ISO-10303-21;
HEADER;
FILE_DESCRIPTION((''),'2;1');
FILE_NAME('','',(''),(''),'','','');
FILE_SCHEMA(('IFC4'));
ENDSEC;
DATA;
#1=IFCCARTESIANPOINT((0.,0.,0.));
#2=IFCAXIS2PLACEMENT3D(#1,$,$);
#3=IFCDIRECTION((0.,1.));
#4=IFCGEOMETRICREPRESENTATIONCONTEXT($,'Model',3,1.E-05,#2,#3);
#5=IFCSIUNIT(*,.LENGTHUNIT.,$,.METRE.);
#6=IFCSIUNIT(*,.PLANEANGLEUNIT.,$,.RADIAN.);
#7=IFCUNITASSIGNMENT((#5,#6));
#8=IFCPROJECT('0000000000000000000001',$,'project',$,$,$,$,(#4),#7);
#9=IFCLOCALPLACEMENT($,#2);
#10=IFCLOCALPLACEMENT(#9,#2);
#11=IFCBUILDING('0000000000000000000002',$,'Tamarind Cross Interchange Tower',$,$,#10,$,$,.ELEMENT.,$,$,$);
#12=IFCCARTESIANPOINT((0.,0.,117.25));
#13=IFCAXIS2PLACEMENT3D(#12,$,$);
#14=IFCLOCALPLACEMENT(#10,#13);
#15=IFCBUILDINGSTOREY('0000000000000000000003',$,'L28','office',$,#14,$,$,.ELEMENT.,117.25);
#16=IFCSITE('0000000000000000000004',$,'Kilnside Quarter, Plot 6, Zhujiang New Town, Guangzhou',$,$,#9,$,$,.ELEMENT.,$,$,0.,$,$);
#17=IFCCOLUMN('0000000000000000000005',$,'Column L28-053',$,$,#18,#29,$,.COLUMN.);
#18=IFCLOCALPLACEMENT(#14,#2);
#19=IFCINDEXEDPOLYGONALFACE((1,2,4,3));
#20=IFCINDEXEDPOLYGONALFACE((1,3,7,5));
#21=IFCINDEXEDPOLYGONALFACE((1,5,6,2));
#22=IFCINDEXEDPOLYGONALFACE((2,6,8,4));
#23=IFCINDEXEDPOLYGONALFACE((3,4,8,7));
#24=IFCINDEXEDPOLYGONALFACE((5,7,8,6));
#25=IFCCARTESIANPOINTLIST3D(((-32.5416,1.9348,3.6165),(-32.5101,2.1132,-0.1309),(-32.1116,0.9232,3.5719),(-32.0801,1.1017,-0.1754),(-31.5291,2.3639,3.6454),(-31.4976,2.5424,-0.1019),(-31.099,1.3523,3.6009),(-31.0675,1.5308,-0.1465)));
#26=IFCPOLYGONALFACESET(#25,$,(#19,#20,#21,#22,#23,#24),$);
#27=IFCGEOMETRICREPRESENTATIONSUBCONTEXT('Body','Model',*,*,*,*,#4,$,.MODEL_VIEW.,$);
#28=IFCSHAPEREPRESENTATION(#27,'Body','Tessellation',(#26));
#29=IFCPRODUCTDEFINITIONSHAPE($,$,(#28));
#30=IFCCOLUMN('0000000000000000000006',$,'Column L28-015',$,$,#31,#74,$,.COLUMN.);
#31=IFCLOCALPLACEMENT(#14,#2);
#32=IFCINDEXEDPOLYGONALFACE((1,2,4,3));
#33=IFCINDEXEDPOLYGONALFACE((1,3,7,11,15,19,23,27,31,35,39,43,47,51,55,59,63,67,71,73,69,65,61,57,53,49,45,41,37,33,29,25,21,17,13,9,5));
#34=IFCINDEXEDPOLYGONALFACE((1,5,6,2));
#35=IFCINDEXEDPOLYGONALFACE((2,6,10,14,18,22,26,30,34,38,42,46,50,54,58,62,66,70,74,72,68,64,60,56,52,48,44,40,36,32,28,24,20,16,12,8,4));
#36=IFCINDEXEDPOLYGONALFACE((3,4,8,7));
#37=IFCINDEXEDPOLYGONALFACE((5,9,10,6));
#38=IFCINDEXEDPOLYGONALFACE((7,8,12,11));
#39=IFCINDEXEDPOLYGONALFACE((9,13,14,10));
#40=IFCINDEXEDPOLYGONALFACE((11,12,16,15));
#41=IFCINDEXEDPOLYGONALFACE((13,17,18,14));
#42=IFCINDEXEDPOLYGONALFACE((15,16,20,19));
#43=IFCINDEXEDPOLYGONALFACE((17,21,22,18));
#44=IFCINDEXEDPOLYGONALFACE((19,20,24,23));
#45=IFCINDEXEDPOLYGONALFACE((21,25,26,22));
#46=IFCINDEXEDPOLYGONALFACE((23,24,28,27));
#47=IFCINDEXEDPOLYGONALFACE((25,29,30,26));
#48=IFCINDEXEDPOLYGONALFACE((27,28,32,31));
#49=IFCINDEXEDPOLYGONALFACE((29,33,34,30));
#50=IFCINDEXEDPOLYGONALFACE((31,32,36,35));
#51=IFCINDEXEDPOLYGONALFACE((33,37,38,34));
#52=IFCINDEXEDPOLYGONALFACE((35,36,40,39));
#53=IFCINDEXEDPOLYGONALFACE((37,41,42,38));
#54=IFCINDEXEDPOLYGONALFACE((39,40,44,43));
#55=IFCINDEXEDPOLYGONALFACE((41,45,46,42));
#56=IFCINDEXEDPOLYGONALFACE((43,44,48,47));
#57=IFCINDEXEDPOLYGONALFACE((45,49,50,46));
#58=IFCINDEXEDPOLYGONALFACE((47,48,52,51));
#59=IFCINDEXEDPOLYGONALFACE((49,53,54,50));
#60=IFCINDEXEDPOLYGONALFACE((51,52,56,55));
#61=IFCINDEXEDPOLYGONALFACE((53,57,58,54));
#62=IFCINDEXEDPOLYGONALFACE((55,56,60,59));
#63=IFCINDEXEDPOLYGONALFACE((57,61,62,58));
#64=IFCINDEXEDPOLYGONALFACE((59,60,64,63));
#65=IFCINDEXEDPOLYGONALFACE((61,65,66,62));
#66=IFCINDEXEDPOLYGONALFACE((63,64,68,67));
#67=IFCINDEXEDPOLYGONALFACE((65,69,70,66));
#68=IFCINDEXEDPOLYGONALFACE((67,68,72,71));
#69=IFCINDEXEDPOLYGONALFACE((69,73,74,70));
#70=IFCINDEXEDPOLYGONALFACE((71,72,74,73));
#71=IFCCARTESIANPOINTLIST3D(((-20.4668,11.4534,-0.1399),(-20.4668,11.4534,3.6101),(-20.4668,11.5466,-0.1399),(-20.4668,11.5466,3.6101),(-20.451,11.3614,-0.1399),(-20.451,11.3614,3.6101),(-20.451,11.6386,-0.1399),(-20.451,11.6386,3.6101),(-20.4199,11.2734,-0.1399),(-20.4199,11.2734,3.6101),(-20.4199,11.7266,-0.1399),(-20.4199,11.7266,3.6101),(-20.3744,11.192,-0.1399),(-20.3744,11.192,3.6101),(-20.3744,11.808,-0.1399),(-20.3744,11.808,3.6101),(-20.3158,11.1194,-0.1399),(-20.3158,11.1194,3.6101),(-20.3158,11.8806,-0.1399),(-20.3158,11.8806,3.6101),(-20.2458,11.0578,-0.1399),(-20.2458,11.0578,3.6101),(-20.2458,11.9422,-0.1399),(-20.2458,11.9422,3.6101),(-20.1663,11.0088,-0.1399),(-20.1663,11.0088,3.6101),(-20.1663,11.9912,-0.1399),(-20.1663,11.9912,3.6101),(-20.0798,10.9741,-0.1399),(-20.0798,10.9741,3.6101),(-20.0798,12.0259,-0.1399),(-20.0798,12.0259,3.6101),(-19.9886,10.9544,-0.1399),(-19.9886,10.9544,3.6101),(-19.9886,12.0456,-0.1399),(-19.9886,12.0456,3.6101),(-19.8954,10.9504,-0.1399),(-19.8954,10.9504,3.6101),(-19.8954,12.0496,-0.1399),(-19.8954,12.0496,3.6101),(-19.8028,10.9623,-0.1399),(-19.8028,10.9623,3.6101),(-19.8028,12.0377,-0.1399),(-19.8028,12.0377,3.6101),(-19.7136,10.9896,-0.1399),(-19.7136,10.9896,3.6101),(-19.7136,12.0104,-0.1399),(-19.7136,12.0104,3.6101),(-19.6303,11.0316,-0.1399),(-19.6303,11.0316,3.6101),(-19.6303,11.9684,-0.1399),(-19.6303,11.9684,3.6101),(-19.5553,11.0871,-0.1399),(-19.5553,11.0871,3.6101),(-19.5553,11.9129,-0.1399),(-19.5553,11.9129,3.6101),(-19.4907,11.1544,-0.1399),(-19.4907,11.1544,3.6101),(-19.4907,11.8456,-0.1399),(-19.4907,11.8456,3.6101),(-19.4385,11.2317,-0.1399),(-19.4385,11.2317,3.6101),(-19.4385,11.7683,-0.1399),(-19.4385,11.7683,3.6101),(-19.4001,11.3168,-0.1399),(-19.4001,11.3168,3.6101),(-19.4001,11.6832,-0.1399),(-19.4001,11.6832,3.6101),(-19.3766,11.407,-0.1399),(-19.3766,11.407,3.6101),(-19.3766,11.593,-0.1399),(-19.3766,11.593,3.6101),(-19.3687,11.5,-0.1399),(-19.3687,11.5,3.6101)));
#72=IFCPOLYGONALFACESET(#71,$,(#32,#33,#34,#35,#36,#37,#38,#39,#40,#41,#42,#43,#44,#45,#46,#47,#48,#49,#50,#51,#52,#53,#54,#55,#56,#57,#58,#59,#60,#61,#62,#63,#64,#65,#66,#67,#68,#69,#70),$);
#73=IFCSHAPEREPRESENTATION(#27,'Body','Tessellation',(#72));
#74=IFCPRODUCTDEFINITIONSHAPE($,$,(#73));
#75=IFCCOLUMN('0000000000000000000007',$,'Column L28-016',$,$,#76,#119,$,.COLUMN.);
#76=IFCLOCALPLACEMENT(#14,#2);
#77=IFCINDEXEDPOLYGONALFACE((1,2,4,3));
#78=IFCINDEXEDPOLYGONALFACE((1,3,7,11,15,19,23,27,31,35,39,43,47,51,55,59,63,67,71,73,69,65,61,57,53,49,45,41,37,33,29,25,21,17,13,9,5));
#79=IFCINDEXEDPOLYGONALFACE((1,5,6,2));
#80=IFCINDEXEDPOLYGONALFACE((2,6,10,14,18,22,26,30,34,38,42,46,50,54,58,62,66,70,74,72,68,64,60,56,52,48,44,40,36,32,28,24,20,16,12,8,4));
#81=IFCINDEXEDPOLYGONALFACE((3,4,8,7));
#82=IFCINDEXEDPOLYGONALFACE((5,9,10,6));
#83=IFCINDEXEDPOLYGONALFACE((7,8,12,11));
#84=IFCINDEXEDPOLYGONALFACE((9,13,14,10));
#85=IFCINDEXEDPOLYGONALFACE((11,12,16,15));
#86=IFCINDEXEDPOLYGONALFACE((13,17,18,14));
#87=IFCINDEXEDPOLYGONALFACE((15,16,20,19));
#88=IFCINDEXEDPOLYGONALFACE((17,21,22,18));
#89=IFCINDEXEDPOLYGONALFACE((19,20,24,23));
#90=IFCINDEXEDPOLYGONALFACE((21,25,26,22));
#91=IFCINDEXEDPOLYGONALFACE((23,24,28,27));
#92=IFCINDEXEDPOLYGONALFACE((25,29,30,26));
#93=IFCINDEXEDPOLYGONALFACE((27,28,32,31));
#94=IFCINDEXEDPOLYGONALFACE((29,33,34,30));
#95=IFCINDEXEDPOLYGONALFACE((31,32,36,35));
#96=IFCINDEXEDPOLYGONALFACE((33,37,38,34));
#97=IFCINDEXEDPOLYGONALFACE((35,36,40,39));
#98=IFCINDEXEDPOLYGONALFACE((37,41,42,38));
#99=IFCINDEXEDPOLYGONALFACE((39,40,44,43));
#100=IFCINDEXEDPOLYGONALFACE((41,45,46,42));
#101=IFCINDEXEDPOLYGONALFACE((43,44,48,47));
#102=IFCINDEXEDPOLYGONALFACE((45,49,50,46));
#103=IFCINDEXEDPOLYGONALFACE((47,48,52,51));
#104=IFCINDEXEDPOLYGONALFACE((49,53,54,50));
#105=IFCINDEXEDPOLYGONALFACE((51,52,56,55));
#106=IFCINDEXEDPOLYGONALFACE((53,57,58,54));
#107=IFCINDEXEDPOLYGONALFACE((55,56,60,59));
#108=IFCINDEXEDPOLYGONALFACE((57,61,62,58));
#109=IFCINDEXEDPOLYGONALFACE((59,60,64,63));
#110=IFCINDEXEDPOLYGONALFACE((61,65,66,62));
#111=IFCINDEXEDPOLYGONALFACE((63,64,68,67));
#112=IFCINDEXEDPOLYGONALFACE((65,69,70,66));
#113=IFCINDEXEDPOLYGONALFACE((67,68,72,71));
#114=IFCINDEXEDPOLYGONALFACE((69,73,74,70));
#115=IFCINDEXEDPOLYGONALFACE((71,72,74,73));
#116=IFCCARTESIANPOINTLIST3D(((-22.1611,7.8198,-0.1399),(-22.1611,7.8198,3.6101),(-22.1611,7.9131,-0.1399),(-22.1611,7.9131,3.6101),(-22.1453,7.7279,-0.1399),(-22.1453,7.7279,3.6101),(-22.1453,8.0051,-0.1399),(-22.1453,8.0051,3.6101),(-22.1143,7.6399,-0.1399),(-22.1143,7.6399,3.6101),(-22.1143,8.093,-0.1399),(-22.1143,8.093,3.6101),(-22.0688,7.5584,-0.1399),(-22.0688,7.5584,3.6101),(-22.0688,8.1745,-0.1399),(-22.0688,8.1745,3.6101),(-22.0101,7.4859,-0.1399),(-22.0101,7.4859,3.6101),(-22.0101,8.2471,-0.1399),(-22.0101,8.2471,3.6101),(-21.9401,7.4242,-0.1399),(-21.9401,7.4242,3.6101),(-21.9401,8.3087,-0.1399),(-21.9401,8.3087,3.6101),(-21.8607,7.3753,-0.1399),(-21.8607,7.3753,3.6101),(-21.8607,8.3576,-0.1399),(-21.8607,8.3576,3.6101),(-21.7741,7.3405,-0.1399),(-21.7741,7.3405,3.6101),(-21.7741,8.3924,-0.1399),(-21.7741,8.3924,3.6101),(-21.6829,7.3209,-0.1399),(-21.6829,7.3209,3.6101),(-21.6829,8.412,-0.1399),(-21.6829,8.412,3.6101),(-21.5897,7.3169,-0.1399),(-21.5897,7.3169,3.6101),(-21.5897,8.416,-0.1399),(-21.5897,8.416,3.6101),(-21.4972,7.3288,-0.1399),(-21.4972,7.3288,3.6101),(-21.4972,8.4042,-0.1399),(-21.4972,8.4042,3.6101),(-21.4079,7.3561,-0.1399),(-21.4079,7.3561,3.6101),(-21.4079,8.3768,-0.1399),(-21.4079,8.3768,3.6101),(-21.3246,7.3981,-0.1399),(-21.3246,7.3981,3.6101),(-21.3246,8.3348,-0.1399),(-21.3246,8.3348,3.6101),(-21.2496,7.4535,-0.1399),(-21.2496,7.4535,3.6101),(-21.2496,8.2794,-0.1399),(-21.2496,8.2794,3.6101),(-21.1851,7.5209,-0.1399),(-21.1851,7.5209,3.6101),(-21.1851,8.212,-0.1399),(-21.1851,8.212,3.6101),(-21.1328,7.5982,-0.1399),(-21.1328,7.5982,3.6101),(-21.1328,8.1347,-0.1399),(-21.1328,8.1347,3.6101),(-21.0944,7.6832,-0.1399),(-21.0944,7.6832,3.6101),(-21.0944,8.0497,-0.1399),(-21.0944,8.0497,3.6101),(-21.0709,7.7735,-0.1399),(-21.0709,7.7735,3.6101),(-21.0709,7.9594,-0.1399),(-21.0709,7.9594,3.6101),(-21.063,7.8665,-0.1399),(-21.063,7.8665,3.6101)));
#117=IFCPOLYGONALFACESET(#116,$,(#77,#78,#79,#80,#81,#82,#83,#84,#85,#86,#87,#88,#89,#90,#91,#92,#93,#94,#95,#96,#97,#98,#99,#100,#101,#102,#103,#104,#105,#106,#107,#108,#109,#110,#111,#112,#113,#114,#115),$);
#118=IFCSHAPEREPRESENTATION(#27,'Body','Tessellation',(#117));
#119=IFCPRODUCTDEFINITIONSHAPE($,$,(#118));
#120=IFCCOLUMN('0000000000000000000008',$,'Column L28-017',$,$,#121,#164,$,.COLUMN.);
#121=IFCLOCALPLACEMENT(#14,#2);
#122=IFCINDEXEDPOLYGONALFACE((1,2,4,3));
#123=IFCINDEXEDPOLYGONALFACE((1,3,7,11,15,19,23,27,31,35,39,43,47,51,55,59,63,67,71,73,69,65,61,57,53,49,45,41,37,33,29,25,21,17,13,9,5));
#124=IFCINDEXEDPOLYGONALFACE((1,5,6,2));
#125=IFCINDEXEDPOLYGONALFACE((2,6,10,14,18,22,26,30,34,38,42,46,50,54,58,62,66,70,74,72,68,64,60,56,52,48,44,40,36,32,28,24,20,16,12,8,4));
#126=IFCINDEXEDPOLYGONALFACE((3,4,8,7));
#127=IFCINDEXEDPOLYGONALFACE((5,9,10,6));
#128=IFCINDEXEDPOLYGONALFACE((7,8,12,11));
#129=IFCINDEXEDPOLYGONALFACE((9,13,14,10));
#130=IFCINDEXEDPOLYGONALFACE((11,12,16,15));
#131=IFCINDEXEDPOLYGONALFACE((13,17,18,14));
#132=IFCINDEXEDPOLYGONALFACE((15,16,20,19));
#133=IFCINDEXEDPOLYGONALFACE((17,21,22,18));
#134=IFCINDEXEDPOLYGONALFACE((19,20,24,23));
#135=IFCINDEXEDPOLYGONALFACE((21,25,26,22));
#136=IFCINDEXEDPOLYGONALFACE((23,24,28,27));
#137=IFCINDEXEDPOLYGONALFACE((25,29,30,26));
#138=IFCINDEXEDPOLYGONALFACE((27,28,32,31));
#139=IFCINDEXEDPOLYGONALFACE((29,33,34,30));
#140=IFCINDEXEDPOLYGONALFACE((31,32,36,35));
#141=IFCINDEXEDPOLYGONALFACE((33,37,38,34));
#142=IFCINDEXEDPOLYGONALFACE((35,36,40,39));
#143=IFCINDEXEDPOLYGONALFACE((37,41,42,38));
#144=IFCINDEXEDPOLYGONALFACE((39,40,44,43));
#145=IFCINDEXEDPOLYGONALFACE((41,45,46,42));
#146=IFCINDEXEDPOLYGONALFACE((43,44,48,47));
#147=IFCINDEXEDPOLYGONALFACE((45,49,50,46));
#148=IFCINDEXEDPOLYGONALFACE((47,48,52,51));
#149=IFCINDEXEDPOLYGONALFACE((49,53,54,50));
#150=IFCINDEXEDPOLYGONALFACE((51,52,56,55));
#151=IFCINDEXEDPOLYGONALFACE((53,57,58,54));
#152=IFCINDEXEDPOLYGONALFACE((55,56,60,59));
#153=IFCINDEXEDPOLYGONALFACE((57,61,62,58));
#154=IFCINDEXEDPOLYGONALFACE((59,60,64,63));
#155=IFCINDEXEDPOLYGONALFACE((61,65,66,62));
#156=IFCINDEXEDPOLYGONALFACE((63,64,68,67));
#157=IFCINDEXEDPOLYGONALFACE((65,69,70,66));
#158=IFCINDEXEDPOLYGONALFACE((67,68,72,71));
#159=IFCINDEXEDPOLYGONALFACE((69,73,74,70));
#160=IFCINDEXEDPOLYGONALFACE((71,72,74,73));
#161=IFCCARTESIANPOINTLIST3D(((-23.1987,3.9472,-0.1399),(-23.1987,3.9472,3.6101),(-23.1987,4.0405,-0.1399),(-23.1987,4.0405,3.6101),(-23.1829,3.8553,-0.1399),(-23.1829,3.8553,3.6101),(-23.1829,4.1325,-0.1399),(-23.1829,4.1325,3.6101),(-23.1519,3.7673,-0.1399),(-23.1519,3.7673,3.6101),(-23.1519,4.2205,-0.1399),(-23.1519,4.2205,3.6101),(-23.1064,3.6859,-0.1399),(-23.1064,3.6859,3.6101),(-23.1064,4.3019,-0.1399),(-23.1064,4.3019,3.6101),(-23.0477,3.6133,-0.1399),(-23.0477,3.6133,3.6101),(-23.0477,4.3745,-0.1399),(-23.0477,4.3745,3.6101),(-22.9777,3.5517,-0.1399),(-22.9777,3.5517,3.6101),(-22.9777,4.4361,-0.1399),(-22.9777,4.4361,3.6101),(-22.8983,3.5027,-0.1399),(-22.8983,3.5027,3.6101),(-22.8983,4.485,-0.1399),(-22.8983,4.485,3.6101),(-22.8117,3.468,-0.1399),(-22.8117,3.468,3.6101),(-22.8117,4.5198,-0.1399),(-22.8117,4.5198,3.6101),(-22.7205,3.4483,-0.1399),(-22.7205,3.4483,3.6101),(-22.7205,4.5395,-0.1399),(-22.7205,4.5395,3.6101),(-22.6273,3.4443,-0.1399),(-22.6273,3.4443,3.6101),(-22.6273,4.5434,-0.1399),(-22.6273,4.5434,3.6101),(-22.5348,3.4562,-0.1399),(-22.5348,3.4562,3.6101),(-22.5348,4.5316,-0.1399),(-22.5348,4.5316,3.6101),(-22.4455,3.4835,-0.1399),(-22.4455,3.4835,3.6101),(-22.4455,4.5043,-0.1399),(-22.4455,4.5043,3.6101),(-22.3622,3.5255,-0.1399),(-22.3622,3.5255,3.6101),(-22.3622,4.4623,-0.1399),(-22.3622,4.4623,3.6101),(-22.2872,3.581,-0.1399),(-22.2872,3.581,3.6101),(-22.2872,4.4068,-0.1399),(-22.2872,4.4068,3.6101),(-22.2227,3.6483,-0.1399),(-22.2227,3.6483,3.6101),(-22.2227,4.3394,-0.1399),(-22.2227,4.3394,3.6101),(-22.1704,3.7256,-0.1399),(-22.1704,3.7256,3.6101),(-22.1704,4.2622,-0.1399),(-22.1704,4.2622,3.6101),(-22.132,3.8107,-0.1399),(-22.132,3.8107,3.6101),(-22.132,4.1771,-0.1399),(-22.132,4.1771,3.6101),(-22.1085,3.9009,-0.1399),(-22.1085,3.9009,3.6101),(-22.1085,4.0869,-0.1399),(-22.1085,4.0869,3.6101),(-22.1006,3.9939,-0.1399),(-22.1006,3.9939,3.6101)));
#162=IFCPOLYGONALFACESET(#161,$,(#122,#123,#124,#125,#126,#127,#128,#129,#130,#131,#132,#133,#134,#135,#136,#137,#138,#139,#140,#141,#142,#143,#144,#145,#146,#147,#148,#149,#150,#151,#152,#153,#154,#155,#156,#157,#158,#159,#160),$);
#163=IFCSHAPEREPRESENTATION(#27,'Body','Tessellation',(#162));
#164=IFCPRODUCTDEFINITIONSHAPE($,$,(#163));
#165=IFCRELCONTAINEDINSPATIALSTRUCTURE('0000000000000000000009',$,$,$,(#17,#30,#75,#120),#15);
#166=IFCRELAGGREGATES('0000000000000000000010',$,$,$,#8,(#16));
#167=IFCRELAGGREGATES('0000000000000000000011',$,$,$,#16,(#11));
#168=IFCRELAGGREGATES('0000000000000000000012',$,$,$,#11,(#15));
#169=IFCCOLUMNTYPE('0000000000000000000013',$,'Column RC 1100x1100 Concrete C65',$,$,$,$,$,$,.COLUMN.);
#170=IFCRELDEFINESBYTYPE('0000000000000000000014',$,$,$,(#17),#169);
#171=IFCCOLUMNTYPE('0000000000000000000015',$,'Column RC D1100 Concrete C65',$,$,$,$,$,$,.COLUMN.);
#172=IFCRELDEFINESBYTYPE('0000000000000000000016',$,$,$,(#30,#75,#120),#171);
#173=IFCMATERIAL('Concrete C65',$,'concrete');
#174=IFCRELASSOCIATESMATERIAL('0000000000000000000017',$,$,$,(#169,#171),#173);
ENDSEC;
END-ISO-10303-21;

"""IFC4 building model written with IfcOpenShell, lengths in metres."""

from ifc_helpers import new_model, si_unit, direction, frame, origin, origin_2d, place, context, subcontext, project, spatial, rectangle, circle, extrude, material, material_profile, profile_set, type_object, element, save


model = new_model("IFC4")

# Units and contexts
model_context = context("Model", 3, precision=1e-05, world=origin(), true_north=direction((0.0, 1.0)))
body_context = subcontext(model_context, "Body", "Model", "MODEL_VIEW")
ifc_project = project(units=[si_unit("LENGTHUNIT", "METRE"), si_unit("PLANEANGLEUNIT", "RADIAN")], contexts=[model_context])

# Site, building, storey
site_placement = place(None, origin())
site = spatial("IfcSite", under=ifc_project, at=site_placement, Name="Kilnside Quarter, Plot 6, Zhujiang New Town, Guangzhou", CompositionType="ELEMENT", RefElevation=0.0)
building_placement = place(site_placement, origin())
building = spatial("IfcBuilding", under=site, at=building_placement, Name="Tamarind Cross Interchange Tower", CompositionType="ELEMENT")
storey_placement = place(building_placement, frame((0.0, 0.0, 117.25)))
storey = spatial("IfcBuildingStorey", under=building, at=storey_placement, Name="L28", Description="office", CompositionType="ELEMENT", Elevation=117.25)

# Columns
ifc_material_1 = material(Name="Concrete C65", Category="concrete")
ifc_material_profile_1 = material_profile(ifc_material_1, rectangle(XDim=1.1001, YDim=1.1001, at=origin_2d()), Name="RC 1100x1100")
ifc_profile_set_1 = profile_set([ifc_material_profile_1], Name="Concrete C65")
column_type_1 = type_object("IfcColumnType", Name="Column RC 1100x1100 Concrete C65", PredefinedType="COLUMN", material=ifc_profile_set_1)
column_placement = place(storey_placement, frame((-31.7888, 1.822, -0.1387), z_axis=(-0.008395, -0.04757, 0.998833), x_axis=(0.920394, 0.390106, 0.026314)))
element("IfcColumn", 1, at=column_placement, inside=storey, type_object=column_type_1, Name="Column L28-053", PredefinedType="COLUMN", context=body_context, shape_type="SweptSolid", body=[
    extrude(rectangle(XDim=1.1001, YDim=1.1001, at=origin_2d()), origin(), (0.0, 0.0, 1.0), 3.7517),
])
ifc_material_profile_2 = material_profile(ifc_material_1, circle(Radius=0.55, at=origin_2d()), Name="RC D1100")
ifc_profile_set_2 = profile_set([ifc_material_profile_2], Name="Concrete C65")
column_type_2 = type_object("IfcColumnType", Name="Column RC D1100 Concrete C65", PredefinedType="COLUMN", material=ifc_profile_set_2)
for number, where, z_axis, x_axis, name in (
    (2, (-19.9187, 11.5, -0.1399), (0.0, 0.0, 1.0), (1.0, 0.0, 0.0), "Column L28-015"),
    (3, (-21.613, 7.8665, -0.1399), (0.0, 0.0, 1.0), (1.0, 0.0, 0.0), "Column L28-016"),
    (4, (-22.6506, 3.9939, -0.1399), (0.0, 0.0, 1.0), (1.0, 0.0, 0.0), "Column L28-017"),
):
    element("IfcColumn", number, at=place(storey_placement, frame(where, z_axis=z_axis, x_axis=x_axis)), inside=storey, type_object=column_type_2, Name=name, PredefinedType="COLUMN", context=body_context, shape_type="SweptSolid", body=[
        extrude(circle(Radius=0.55, at=origin_2d()), origin(), (0.0, 0.0, 1.0), 3.75),
    ])

save(model, "model.ifc")
